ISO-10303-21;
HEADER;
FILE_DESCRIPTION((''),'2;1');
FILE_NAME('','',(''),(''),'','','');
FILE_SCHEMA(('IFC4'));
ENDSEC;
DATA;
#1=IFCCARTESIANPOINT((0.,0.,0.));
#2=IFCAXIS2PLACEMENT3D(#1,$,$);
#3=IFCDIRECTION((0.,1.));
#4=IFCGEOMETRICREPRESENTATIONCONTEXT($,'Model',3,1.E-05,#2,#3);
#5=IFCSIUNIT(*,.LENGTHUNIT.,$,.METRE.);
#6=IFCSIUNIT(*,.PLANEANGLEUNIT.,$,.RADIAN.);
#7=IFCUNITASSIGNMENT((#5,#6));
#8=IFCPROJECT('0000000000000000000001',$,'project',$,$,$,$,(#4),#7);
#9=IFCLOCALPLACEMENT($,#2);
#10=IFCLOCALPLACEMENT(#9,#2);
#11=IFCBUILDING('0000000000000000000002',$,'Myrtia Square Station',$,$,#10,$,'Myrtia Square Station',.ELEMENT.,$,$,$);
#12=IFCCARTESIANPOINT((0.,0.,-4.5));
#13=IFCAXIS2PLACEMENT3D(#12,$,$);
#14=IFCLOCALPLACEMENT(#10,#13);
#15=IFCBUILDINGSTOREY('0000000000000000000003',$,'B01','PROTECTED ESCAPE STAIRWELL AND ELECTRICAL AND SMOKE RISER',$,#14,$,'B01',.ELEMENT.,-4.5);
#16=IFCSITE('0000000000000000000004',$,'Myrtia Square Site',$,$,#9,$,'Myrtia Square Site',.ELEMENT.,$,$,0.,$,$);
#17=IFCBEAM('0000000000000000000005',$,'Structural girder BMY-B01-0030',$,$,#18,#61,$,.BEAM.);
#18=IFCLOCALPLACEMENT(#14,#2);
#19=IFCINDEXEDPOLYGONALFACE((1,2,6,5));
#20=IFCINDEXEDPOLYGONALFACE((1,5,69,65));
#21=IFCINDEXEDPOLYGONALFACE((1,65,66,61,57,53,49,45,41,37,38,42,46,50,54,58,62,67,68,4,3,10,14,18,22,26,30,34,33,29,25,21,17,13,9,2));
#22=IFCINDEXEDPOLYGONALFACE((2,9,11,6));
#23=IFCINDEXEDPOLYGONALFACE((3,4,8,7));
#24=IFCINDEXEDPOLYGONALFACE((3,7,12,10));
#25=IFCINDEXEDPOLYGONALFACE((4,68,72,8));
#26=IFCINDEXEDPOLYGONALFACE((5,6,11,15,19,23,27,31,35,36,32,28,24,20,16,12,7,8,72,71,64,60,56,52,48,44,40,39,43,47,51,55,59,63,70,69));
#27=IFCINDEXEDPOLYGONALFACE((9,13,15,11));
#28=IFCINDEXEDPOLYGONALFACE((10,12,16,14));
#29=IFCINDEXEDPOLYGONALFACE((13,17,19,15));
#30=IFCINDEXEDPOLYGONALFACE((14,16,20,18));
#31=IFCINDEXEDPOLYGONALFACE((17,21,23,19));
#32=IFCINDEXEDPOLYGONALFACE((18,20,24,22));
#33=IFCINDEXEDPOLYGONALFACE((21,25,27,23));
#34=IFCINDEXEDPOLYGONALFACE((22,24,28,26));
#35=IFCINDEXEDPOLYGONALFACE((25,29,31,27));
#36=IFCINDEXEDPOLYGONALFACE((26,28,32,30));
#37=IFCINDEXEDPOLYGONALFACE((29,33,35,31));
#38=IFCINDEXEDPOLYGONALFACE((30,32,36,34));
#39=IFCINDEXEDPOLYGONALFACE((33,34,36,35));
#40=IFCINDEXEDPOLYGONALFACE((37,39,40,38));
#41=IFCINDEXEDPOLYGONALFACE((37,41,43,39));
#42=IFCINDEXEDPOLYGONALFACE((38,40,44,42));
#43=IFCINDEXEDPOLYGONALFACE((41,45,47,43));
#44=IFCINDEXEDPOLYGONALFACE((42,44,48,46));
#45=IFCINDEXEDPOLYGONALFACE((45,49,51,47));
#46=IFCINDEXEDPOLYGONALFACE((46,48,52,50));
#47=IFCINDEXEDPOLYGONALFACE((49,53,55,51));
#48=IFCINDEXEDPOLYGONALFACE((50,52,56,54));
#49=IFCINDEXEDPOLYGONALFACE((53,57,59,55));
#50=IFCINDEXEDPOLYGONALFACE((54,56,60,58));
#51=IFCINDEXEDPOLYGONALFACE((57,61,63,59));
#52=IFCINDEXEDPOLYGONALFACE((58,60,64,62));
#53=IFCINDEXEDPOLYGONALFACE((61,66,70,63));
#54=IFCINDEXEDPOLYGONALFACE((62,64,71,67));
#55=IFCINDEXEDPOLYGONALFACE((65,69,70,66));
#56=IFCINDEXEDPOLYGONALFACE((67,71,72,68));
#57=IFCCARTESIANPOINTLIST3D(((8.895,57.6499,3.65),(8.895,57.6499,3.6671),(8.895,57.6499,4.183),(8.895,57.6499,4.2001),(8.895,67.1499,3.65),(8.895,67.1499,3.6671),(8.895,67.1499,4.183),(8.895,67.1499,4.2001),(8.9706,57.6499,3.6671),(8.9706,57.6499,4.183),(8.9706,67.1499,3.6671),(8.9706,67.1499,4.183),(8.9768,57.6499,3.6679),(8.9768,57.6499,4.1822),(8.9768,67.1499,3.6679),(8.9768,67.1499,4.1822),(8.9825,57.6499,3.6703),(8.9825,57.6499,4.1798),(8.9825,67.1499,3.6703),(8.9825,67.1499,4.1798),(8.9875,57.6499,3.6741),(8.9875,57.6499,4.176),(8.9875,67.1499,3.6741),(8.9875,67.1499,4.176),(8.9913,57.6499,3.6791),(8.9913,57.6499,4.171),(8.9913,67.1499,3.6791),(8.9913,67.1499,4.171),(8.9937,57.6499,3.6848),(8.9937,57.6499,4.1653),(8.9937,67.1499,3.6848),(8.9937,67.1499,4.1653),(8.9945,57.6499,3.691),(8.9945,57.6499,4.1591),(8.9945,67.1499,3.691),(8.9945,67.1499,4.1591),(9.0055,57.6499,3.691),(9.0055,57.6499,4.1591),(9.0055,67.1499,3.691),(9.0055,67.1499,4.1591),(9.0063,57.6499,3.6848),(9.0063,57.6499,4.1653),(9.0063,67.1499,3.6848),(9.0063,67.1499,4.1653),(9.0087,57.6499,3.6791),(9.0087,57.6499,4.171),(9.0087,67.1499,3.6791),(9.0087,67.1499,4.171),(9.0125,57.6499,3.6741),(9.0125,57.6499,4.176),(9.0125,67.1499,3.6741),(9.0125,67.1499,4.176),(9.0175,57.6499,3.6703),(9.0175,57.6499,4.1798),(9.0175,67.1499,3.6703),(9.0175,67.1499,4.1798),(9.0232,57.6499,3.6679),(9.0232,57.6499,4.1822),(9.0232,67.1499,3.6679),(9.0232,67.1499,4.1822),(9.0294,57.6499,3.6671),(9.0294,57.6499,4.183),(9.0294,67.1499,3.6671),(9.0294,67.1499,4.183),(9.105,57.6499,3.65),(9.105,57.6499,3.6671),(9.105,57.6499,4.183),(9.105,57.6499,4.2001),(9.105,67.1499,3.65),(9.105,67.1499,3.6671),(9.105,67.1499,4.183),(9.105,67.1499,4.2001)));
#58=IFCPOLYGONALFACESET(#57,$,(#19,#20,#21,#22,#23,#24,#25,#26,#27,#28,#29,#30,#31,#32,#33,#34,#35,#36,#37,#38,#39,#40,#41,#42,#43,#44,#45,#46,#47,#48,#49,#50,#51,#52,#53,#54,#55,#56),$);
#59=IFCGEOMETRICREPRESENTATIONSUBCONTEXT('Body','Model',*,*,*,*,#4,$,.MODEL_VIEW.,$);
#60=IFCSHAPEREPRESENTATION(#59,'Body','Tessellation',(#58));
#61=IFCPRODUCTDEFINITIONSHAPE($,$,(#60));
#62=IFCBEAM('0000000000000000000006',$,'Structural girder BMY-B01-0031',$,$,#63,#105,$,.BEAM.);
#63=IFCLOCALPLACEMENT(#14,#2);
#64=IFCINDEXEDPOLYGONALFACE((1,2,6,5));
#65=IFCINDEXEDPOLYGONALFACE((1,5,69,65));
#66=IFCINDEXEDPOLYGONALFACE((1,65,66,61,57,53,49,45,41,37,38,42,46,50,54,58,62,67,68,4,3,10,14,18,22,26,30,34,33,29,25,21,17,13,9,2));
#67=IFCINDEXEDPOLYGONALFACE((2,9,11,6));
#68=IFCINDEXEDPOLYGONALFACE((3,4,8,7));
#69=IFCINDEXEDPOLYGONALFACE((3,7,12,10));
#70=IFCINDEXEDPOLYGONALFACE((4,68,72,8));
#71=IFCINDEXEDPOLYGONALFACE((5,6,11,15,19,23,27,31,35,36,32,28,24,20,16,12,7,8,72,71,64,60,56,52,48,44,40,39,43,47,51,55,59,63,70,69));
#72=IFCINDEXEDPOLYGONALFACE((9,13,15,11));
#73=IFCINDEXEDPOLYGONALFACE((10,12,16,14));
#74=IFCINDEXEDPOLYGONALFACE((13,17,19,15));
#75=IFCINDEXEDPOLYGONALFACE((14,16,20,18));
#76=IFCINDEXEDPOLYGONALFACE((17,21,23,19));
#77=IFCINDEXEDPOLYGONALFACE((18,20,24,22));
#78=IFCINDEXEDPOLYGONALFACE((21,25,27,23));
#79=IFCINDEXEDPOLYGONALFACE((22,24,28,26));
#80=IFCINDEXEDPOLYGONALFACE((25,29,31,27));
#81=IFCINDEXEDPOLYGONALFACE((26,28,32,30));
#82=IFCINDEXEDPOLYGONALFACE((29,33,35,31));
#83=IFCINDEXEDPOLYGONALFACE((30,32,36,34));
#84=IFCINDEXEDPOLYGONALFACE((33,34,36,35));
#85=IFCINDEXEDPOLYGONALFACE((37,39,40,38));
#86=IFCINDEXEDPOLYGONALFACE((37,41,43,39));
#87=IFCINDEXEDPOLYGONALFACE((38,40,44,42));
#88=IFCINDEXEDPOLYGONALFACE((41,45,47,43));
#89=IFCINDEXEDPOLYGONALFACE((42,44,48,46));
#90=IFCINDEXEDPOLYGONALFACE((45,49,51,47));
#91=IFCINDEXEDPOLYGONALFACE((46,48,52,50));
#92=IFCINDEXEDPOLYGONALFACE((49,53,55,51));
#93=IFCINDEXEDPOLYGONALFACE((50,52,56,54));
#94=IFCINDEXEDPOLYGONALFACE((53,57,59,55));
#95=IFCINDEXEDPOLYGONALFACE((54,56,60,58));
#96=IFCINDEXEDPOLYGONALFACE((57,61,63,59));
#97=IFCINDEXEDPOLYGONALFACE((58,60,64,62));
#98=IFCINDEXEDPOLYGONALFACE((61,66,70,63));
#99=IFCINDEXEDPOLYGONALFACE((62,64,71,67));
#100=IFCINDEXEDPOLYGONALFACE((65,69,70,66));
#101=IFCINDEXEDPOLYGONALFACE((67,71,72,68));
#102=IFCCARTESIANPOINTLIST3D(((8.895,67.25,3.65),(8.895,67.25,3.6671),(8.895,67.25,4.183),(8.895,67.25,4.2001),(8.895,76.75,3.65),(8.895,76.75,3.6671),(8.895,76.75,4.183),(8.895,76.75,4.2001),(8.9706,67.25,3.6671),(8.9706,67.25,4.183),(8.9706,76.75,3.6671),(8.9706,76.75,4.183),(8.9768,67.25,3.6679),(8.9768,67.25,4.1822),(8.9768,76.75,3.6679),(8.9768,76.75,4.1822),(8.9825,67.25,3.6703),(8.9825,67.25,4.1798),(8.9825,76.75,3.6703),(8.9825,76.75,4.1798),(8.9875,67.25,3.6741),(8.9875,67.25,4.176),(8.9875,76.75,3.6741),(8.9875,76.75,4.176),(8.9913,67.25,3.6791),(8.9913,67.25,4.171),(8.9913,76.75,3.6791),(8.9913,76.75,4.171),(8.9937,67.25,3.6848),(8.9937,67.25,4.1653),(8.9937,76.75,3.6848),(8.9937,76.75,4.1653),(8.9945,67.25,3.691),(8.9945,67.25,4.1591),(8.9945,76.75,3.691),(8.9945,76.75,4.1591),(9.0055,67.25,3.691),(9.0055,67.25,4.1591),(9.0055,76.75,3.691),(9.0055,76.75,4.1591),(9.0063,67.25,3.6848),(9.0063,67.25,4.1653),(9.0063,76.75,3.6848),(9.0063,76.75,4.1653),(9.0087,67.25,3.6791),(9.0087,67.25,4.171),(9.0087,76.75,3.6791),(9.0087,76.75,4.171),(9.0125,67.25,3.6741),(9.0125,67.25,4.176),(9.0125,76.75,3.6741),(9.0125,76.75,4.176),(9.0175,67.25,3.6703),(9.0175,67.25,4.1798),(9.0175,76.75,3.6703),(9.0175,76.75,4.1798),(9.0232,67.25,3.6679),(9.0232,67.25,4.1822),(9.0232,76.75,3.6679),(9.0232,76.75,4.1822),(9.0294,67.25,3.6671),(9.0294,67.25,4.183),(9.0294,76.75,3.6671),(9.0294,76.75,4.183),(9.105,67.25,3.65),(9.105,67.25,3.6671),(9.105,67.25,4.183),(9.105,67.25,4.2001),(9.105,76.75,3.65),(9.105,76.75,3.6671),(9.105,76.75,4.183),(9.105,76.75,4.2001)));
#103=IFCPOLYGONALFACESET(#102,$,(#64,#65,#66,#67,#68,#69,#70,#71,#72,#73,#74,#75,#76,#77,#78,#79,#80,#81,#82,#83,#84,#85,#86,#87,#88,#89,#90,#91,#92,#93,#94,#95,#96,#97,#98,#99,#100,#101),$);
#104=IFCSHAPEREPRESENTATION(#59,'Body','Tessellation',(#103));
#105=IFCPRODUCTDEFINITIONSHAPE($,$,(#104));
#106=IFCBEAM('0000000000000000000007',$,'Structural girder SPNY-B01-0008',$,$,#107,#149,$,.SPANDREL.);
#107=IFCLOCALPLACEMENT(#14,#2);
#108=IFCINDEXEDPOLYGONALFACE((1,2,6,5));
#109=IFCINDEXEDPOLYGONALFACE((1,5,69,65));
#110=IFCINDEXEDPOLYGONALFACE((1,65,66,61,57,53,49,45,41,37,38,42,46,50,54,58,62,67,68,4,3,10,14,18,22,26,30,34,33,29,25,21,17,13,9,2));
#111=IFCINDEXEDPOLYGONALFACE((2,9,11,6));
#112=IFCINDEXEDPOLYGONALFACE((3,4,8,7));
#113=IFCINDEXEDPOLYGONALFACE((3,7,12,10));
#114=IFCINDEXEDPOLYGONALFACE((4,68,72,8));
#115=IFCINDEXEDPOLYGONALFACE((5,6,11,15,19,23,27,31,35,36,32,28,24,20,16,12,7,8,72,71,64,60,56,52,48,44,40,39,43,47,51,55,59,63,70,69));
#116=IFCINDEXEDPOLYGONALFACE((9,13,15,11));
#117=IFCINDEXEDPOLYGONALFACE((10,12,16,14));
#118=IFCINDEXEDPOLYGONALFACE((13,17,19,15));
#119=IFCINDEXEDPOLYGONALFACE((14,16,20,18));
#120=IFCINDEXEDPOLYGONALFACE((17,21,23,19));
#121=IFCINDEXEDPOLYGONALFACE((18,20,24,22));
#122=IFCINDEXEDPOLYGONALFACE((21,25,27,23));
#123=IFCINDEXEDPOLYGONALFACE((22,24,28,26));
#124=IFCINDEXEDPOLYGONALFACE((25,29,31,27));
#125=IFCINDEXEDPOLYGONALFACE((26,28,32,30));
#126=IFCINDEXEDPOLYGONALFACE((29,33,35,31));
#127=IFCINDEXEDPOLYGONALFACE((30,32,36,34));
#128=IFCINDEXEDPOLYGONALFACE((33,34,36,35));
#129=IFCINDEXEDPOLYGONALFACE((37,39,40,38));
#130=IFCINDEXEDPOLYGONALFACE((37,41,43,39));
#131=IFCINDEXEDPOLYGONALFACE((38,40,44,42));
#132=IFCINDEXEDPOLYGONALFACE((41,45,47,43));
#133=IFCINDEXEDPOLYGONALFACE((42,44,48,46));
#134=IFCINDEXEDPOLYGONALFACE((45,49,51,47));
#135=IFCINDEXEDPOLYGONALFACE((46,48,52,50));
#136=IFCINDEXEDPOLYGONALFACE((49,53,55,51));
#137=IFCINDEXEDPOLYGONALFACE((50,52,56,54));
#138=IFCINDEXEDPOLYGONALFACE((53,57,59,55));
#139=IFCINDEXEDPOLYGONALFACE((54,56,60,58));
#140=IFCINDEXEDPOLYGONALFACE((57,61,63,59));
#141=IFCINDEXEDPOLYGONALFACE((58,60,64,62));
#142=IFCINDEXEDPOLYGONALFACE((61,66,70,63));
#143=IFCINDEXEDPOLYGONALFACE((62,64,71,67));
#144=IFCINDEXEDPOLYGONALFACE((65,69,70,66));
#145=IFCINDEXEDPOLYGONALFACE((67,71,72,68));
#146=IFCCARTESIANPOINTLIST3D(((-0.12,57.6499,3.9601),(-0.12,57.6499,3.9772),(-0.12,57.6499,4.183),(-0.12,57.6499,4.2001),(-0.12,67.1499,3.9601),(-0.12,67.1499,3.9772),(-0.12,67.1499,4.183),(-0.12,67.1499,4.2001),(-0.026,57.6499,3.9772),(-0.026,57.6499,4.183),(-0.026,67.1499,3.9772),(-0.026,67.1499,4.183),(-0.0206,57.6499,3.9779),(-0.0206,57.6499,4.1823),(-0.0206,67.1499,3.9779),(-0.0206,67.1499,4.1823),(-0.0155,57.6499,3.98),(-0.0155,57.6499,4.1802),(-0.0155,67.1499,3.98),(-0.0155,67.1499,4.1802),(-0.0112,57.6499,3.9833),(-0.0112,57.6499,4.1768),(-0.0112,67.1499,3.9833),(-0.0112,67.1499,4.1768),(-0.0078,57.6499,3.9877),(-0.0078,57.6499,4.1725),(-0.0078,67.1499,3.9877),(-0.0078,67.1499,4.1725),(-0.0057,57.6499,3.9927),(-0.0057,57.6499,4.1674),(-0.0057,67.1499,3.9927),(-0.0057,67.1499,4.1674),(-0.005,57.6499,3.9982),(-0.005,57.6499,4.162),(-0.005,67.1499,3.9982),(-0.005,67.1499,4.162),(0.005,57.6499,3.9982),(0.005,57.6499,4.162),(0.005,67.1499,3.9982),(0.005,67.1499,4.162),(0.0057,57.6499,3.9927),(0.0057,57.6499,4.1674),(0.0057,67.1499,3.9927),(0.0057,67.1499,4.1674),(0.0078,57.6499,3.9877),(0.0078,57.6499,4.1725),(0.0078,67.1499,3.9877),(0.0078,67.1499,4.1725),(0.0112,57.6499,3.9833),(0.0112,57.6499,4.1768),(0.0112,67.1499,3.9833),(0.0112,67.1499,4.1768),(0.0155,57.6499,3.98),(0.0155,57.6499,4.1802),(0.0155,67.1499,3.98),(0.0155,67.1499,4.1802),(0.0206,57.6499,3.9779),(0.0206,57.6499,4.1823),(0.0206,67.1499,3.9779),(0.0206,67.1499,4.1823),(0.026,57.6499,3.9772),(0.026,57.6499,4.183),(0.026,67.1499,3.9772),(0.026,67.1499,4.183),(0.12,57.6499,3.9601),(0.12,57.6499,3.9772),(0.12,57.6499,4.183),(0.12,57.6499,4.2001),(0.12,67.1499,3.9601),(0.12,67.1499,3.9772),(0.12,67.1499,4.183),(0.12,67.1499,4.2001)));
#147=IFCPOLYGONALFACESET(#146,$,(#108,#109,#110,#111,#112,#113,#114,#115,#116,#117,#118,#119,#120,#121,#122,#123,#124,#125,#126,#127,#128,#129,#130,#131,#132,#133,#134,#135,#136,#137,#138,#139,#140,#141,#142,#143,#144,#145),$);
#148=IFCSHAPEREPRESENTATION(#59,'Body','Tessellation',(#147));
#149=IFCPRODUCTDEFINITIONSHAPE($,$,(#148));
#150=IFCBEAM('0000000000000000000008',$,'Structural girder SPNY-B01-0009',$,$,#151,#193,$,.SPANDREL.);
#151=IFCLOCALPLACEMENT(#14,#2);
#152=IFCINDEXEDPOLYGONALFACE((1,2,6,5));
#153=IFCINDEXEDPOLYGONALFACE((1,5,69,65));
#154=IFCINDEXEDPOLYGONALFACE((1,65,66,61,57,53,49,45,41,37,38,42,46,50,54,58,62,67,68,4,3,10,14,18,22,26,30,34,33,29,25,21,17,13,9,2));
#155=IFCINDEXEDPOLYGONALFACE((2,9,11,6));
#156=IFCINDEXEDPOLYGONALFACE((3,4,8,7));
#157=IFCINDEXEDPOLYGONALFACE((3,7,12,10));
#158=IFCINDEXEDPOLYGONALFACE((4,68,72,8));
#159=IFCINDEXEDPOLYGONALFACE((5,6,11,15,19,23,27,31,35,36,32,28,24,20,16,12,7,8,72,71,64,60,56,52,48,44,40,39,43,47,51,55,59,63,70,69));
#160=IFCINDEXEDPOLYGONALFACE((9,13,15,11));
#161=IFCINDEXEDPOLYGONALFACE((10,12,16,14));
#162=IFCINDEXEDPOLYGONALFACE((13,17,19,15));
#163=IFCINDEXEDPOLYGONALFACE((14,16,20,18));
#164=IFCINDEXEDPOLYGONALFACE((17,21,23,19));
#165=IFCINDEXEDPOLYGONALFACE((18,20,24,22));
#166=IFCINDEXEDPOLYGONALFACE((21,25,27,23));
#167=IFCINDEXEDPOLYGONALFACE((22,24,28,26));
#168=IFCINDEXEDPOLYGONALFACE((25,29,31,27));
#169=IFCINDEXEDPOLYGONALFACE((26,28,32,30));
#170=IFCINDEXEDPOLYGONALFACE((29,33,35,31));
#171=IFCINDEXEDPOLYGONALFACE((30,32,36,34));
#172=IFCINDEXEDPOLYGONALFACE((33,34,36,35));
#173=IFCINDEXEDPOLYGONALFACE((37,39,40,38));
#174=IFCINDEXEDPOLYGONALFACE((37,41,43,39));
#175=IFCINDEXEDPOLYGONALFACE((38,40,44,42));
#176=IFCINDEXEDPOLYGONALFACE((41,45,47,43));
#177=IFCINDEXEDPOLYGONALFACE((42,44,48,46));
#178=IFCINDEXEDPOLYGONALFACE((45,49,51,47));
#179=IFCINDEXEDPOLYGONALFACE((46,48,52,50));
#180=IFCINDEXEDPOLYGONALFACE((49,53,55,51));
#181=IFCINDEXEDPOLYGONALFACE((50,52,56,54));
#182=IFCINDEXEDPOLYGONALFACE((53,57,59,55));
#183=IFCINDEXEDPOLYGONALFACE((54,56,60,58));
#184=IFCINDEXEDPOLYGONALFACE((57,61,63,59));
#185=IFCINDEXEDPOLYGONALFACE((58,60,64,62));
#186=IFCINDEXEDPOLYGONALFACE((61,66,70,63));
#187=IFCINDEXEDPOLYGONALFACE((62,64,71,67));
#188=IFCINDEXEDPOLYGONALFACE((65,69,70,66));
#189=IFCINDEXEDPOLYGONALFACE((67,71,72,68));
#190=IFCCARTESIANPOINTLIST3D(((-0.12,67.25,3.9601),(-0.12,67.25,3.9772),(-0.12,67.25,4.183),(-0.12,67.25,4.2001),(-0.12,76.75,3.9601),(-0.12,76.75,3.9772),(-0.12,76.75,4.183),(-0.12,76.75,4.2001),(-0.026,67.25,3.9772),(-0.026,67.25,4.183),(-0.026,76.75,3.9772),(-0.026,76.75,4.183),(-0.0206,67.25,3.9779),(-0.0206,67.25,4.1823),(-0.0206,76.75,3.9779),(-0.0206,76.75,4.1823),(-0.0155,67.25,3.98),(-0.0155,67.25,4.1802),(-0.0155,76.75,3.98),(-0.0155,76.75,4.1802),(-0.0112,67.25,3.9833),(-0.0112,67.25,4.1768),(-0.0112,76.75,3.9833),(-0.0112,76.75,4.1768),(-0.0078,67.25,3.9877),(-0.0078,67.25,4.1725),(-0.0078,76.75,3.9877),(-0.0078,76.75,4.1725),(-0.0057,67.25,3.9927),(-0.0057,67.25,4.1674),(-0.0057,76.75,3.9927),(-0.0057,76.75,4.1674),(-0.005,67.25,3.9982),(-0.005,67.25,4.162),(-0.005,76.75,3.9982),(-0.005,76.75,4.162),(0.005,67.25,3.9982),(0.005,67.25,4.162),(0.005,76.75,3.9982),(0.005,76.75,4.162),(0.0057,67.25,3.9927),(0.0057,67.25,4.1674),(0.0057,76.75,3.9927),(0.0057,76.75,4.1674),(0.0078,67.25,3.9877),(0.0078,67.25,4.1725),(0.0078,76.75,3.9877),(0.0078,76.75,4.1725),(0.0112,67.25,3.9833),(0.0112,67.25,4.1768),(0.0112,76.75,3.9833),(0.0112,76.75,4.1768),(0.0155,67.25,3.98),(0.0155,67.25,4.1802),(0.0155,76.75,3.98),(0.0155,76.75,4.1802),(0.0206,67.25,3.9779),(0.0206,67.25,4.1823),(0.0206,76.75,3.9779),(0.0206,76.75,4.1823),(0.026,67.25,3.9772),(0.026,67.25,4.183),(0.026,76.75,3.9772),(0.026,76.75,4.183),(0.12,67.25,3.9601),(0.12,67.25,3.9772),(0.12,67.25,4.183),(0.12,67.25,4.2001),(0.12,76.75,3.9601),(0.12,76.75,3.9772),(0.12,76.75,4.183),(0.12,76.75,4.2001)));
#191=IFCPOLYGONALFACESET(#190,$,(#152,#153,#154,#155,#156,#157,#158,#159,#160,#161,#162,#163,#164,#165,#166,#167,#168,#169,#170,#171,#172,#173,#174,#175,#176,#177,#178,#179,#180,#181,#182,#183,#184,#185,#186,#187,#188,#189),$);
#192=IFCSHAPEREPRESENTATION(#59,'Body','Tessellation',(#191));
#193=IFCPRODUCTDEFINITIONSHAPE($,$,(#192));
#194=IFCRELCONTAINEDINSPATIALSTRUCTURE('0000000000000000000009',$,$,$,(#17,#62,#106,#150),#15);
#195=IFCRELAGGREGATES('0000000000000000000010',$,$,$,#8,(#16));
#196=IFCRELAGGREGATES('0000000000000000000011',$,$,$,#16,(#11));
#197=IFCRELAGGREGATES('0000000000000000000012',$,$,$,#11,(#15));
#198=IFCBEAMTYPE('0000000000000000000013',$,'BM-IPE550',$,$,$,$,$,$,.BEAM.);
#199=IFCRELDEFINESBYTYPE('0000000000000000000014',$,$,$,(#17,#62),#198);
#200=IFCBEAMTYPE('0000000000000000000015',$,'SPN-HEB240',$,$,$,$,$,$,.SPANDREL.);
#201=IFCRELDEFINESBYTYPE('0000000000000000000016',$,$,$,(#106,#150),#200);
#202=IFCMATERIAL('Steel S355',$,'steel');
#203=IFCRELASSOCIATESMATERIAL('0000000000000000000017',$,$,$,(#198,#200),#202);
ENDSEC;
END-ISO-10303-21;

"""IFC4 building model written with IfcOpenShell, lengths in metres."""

from ifc_helpers import new_model, si_unit, direction, frame, origin, origin_2d, place, context, subcontext, project, spatial, i_section, extrude, material, material_profile, profile_set, type_object, element, save


model = new_model("IFC4")

# Units and contexts
model_context = context("Model", 3, precision=1e-05, world=origin(), true_north=direction((0.0, 1.0)))
body_context = subcontext(model_context, "Body", "Model", "MODEL_VIEW")
ifc_project = project(units=[si_unit("LENGTHUNIT", "METRE"), si_unit("PLANEANGLEUNIT", "RADIAN")], contexts=[model_context])

# Site, building, storey
site_placement = place(None, origin())
site = spatial("IfcSite", under=ifc_project, at=site_placement, Name="Myrtia Square Site", LongName="Myrtia Square Site", CompositionType="ELEMENT", RefElevation=0.0)
building_placement = place(site_placement, origin())
building = spatial("IfcBuilding", under=site, at=building_placement, Name="Myrtia Square Station", LongName="Myrtia Square Station", CompositionType="ELEMENT")
storey_placement = place(building_placement, frame((0.0, 0.0, -4.5)))
storey = spatial("IfcBuildingStorey", under=building, at=storey_placement, Name="B01", Description="PROTECTED ESCAPE STAIRWELL AND ELECTRICAL AND SMOKE RISER", LongName="B01", CompositionType="ELEMENT", Elevation=-4.5)

# Shared definitions
ifc_material_1 = material(Name="Steel S355", Category="steel")

# Beams
ifc_material_profile_1 = material_profile(ifc_material_1, i_section(OverallWidth=0.21, OverallDepth=0.55, WebThickness=0.011, FlangeThickness=0.0171, FilletRadius=0.0239, at=origin_2d()), Name="IPE 550")
ifc_profile_set_1 = profile_set([ifc_material_profile_1], Name="Steel S355")
beam_type_1 = type_object("IfcBeamType", Name="BM-IPE550", PredefinedType="BEAM", material=ifc_profile_set_1)
for number, where, z_axis, x_axis, name in (
    (1, (9.0, 57.6499, 3.925), (0.0, 1.0, 0.0), (-1.0, 0.0, 0.0), "Structural girder BMY-B01-0030"),
    (2, (9.0, 67.25, 3.925), (0.0, 1.0, 0.0), (-1.0, 0.0, 0.0), "Structural girder BMY-B01-0031"),
):
    element("IfcBeam", number, at=place(storey_placement, frame(where, z_axis=z_axis, x_axis=x_axis)), inside=storey, type_object=beam_type_1, Name=name, PredefinedType="BEAM", context=body_context, shape_type="SweptSolid", body=[
        extrude(i_section(OverallWidth=0.21, OverallDepth=0.55, WebThickness=0.011, FlangeThickness=0.0171, FilletRadius=0.0239, at=origin_2d()), origin(), (0.0, 0.0, 1.0), 9.5),
    ])
ifc_material_profile_2 = material_profile(ifc_material_1, i_section(OverallWidth=0.24, OverallDepth=0.24, WebThickness=0.01, FlangeThickness=0.0171, FilletRadius=0.021, at=origin_2d()), Name="HEB 240")
ifc_profile_set_2 = profile_set([ifc_material_profile_2], Name="Steel S355")
beam_type_2 = type_object("IfcBeamType", Name="SPN-HEB240", PredefinedType="SPANDREL", material=ifc_profile_set_2)
for number, where, z_axis, x_axis, name in (
    (3, (0.0, 57.6499, 4.0801), (0.0, 1.0, 0.0), (-1.0, 0.0, 0.0), "Structural girder SPNY-B01-0008"),
    (4, (0.0, 67.25, 4.0801), (0.0, 1.0, 0.0), (-1.0, 0.0, 0.0), "Structural girder SPNY-B01-0009"),
):
    element("IfcBeam", number, at=place(storey_placement, frame(where, z_axis=z_axis, x_axis=x_axis)), inside=storey, type_object=beam_type_2, Name=name, PredefinedType="SPANDREL", context=body_context, shape_type="SweptSolid", body=[
        extrude(i_section(OverallWidth=0.24, OverallDepth=0.24, WebThickness=0.01, FlangeThickness=0.0171, FilletRadius=0.021, at=origin_2d()), origin(), (0.0, 0.0, 1.0), 9.5),
    ])

save(model, "model.ifc")
